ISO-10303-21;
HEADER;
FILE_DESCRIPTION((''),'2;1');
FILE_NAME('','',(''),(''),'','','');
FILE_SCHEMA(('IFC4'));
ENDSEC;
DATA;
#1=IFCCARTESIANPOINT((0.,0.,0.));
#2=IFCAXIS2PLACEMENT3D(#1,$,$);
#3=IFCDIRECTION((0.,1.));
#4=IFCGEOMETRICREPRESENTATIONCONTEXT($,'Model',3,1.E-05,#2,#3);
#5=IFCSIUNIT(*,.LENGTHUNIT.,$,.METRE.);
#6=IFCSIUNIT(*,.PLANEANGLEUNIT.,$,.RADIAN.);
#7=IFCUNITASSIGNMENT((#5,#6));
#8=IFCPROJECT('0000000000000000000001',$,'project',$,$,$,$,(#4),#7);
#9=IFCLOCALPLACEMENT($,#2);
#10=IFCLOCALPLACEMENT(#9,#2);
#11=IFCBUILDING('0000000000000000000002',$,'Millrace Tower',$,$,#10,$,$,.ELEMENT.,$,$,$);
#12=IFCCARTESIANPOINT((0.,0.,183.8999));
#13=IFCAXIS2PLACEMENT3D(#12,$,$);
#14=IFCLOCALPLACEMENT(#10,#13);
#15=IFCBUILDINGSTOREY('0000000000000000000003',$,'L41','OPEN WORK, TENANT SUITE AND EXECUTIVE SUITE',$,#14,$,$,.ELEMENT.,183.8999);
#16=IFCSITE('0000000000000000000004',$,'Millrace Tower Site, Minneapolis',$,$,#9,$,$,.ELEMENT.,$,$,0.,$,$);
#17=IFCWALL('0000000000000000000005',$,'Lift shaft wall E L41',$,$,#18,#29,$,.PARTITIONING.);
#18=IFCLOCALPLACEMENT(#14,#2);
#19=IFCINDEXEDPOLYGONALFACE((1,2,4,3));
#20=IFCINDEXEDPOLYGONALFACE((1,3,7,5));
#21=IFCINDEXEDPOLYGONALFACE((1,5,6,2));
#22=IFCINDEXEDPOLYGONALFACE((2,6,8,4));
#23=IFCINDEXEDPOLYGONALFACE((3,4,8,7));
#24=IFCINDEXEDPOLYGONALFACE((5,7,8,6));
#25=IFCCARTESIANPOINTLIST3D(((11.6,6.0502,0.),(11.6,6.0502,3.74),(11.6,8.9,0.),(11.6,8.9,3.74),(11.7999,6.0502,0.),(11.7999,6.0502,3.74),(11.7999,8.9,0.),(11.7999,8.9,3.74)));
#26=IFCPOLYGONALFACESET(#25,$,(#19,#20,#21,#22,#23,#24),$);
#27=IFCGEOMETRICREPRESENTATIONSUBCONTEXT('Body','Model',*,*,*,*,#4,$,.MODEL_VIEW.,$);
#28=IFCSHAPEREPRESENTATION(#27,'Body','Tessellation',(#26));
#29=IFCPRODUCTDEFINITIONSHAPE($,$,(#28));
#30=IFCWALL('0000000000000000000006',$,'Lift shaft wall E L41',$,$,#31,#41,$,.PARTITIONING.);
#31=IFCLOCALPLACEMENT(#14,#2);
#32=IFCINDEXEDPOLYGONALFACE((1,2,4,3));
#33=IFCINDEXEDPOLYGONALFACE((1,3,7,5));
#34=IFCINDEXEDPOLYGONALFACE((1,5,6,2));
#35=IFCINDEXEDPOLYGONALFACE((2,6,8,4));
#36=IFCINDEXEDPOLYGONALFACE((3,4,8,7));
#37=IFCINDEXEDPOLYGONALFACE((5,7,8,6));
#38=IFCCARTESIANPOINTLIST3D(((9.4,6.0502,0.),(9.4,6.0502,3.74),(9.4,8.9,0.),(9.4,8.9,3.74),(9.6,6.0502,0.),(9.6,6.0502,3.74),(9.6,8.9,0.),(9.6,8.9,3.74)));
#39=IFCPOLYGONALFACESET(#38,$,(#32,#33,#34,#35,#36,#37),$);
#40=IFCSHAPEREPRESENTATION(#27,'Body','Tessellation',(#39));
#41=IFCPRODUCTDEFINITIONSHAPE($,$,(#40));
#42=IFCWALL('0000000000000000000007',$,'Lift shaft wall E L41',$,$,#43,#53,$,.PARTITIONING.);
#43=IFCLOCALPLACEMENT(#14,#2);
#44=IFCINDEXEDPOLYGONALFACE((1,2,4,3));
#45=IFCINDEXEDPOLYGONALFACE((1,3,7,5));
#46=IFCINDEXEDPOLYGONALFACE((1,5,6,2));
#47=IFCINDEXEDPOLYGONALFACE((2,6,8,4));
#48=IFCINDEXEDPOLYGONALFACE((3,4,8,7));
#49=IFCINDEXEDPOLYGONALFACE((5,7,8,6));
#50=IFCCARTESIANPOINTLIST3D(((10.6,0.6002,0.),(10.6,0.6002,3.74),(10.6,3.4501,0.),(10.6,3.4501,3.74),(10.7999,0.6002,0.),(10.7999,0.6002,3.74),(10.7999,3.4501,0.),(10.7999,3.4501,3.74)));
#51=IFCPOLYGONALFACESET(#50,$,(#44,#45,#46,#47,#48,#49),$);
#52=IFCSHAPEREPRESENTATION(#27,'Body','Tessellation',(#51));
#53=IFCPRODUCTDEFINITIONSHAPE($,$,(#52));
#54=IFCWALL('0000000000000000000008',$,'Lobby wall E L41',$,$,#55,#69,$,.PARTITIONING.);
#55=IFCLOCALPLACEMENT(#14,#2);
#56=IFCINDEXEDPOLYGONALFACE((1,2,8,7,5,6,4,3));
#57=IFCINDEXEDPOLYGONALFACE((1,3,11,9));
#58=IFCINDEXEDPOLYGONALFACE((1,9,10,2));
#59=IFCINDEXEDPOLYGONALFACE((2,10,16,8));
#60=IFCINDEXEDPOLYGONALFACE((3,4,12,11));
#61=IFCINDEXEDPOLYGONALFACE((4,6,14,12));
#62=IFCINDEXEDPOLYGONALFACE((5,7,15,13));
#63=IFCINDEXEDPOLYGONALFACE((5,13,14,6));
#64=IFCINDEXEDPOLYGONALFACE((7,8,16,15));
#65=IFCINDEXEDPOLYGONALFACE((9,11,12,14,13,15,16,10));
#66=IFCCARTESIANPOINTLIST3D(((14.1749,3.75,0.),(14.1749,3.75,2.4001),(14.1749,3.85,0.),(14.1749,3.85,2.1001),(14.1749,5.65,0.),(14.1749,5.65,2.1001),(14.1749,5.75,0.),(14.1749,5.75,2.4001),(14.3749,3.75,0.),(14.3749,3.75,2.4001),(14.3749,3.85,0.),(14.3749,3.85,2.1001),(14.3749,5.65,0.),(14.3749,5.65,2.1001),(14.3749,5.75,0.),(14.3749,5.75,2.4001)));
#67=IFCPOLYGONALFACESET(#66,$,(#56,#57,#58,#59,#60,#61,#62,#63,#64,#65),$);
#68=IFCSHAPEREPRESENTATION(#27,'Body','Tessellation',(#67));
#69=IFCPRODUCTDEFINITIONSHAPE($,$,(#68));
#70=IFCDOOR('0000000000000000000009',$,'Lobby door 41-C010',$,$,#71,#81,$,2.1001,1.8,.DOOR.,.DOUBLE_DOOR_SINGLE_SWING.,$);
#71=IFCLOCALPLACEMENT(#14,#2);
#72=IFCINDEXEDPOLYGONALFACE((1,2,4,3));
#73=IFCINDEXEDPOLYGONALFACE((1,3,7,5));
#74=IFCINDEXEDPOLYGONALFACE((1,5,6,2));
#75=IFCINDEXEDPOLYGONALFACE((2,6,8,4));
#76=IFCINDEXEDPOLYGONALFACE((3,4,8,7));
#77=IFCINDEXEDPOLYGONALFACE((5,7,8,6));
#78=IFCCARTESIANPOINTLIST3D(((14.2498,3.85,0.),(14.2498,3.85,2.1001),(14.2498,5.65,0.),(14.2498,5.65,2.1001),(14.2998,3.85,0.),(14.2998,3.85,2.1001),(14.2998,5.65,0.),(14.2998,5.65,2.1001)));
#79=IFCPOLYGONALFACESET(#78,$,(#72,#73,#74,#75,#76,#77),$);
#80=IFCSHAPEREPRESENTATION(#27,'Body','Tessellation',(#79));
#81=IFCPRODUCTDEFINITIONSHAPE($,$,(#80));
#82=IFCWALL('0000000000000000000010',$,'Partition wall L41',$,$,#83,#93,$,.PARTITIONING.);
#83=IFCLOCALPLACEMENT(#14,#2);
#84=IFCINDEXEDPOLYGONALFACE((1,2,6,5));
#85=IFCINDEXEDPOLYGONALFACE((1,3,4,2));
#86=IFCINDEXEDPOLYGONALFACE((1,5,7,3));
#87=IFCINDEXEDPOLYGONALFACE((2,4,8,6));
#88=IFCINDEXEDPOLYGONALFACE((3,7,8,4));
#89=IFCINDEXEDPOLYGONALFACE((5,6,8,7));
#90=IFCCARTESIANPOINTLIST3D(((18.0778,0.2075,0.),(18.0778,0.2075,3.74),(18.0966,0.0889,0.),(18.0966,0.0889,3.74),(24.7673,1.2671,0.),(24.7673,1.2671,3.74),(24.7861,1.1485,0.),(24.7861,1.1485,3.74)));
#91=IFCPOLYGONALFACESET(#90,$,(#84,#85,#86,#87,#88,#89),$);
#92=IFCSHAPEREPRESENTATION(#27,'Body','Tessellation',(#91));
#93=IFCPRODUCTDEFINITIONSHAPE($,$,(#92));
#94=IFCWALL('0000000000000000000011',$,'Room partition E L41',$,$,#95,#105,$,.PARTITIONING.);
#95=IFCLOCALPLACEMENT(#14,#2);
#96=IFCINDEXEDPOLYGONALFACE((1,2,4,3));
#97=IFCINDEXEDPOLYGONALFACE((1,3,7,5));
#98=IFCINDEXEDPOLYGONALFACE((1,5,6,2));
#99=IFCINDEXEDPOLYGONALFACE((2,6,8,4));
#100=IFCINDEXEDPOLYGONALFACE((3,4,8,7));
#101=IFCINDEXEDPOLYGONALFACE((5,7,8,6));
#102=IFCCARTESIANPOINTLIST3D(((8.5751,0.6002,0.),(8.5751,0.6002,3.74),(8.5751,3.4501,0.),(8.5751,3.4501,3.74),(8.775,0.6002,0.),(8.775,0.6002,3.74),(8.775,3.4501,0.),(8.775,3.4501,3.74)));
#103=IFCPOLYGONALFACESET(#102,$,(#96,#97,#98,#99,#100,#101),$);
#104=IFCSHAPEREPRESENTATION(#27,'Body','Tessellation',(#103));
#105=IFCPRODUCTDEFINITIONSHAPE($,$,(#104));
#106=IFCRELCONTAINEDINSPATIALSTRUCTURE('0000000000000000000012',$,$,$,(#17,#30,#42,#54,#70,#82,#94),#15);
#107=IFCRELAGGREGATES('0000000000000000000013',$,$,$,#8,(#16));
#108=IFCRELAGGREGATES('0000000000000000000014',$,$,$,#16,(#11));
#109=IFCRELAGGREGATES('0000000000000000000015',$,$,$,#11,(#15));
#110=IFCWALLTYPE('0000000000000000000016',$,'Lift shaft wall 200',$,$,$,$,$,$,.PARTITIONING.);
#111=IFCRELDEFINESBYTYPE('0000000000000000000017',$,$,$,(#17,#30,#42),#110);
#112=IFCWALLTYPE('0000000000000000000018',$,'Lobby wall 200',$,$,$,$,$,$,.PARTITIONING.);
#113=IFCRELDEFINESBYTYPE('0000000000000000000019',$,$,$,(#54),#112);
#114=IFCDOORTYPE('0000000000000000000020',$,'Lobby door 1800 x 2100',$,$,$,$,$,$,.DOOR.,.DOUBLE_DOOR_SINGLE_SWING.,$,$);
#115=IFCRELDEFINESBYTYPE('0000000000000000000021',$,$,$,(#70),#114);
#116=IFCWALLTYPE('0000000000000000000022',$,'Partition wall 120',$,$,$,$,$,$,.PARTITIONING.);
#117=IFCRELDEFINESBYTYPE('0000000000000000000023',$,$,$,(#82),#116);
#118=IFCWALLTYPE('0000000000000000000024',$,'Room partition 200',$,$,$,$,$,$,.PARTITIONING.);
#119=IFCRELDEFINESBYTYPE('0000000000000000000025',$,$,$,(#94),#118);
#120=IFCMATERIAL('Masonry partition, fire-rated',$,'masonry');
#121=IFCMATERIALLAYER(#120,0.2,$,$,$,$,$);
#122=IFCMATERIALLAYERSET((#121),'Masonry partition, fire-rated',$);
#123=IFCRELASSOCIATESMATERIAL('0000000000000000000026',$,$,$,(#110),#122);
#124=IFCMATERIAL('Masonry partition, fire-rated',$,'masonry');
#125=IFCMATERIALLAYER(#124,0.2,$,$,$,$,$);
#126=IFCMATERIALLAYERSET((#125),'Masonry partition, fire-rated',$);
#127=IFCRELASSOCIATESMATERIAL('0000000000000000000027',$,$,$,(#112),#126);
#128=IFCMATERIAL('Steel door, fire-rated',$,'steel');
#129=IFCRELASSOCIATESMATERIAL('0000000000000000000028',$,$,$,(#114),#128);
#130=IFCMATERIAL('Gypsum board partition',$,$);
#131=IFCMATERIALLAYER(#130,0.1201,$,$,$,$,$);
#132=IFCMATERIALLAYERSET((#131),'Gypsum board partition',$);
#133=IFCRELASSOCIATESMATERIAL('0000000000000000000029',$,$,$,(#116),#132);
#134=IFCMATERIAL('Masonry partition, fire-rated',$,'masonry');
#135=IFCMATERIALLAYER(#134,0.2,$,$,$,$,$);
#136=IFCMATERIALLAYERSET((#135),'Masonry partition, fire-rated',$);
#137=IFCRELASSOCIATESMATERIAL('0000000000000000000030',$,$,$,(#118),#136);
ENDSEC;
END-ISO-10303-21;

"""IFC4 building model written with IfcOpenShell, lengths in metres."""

from ifc_helpers import new_model, si_unit, direction, frame, frame_2d, origin, place, context, subcontext, project, spatial, rectangle, extrude, material, layer, layer_set, type_object, element, fill, save


model = new_model("IFC4")

# Units and contexts
model_context = context("Model", 3, precision=1e-05, world=origin(), true_north=direction((0.0, 1.0)))
body_context = subcontext(model_context, "Body", "Model", "MODEL_VIEW")
ifc_project = project(units=[si_unit("LENGTHUNIT", "METRE"), si_unit("PLANEANGLEUNIT", "RADIAN")], contexts=[model_context])

# Site, building, storey
site_placement = place(None, origin())
site = spatial("IfcSite", under=ifc_project, at=site_placement, Name="Millrace Tower Site, Minneapolis", CompositionType="ELEMENT", RefElevation=0.0)
building_placement = place(site_placement, origin())
building = spatial("IfcBuilding", under=site, at=building_placement, Name="Millrace Tower", CompositionType="ELEMENT")
storey_placement = place(building_placement, frame((0.0, 0.0, 183.8999)))
storey = spatial("IfcBuildingStorey", under=building, at=storey_placement, Name="L41", Description="OPEN WORK, TENANT SUITE AND EXECUTIVE SUITE", CompositionType="ELEMENT", Elevation=183.8999)

# Shared definitions
ifc_material_1 = material(Name="Masonry partition, fire-rated", Category="masonry")
ifc_layer_1 = layer(ifc_material_1, 0.2)
ifc_layer_set_1 = layer_set([ifc_layer_1], Name="Masonry partition, fire-rated")
wall_type_1 = type_object("IfcWallType", Name="Lift shaft wall 200", PredefinedType="PARTITIONING", material=ifc_layer_set_1)

# Walls
for number, where, z_axis, x_axis, name in (
    (1, (11.7, 8.8999, 0.0), (0.0, 0.0, 1.0), (0.0, -1.0, 0.0), "Lift shaft wall E L41"),
    (2, (9.5, 8.8999, 0.0), (0.0, 0.0, 1.0), (0.0, -1.0, 0.0), "Lift shaft wall E L41"),
    (3, (10.7, 3.45, 0.0), (0.0, 0.0, 1.0), (0.0, -1.0, 0.0), "Lift shaft wall E L41"),
):
    element("IfcWall", number, at=place(storey_placement, frame(where, z_axis=z_axis, x_axis=x_axis)), inside=storey, type_object=wall_type_1, Name=name, PredefinedType="PARTITIONING", context=body_context, shape_type="SweptSolid", body=[
        extrude(rectangle(XDim=2.8499, YDim=0.2, at=frame_2d((1.4248, 0.0))), origin(), (0.0, 0.0, 1.0), 3.74),
    ])

# Wall, opening, door
ifc_material_2 = material(Name="Masonry partition, fire-rated", Category="masonry")
ifc_layer_2 = layer(ifc_material_2, 0.2)
ifc_layer_set_2 = layer_set([ifc_layer_2], Name="Masonry partition, fire-rated")
wall_type_2 = type_object("IfcWallType", Name="Lobby wall 200", PredefinedType="PARTITIONING", material=ifc_layer_set_2)
wall_1_placement = place(storey_placement, frame((14.2749, 5.75, 0.0), z_axis=(0.0, 0.0, 1.0), x_axis=(0.0, -1.0, 0.0)))
wall_1 = element("IfcWall", 4, at=wall_1_placement, inside=storey, type_object=wall_type_2, Name="Lobby wall E L41", PredefinedType="PARTITIONING", context=body_context, shape_type="SweptSolid", body=[
    extrude(rectangle(XDim=2.0, YDim=0.2, at=frame_2d((1.0, 0.0))), origin(), (0.0, 0.0, 1.0), 2.4001),
])
opening_1_placement = place(wall_1_placement, frame((0.1001, 0.0, 0.0)))
opening_1 = element("IfcOpeningElement", 5, at=opening_1_placement, cuts=wall_1, PredefinedType="OPENING", context=body_context, shape_type="SweptSolid", body=[
    extrude(rectangle(XDim=1.8, YDim=2.1001, at=frame_2d((0.8999, 1.05))), frame((0.0, 0.1099, 0.0), z_axis=(0.0, -1.0, 0.0), x_axis=(1.0, 0.0, 0.0)), (0.0, 0.0, 1.0), 0.22),
])
ifc_material_3 = material(Name="Steel door, fire-rated", Category="steel")
door_type_1 = type_object("IfcDoorType", Name="Lobby door 1800 x 2100", OperationType="DOUBLE_DOOR_SINGLE_SWING", PredefinedType="DOOR", material=ifc_material_3)
door_1_placement = place(opening_1_placement, origin())
door_1 = element("IfcDoor", 6, at=door_1_placement, inside=storey, type_object=door_type_1, Name="Lobby door 41-C010", OperationType="DOUBLE_DOOR_SINGLE_SWING", OverallHeight=2.1001, OverallWidth=1.8, PredefinedType="DOOR", context=body_context, shape_type="SweptSolid", body=[
    extrude(rectangle(XDim=1.8, YDim=2.1001, at=frame_2d((0.8999, 1.05))), frame((0.0, 0.0249, 0.0), z_axis=(0.0, -1.0, 0.0), x_axis=(1.0, 0.0, 0.0)), (0.0, 0.0, 1.0), 0.05),
])
fill(opening_1, door_1)

# Walls
ifc_material_4 = material(Name="Gypsum board partition")
ifc_layer_3 = layer(ifc_material_4, 0.1201)
ifc_layer_set_3 = layer_set([ifc_layer_3], Name="Gypsum board partition")
wall_type_3 = type_object("IfcWallType", Name="Partition wall 120", PredefinedType="PARTITIONING", material=ifc_layer_set_3)
wall_2_placement = place(storey_placement, frame((18.0872, 0.1482, 0.0), z_axis=(0.0, 0.0, 1.0), x_axis=(0.987687, 0.156444, 0.0)))
element("IfcWall", 7, at=wall_2_placement, inside=storey, type_object=wall_type_3, Name="Partition wall L41", PredefinedType="PARTITIONING", context=body_context, shape_type="SweptSolid", body=[
    extrude(rectangle(XDim=6.7729, YDim=0.1201, at=frame_2d((3.3865, 0.0))), origin(), (0.0, 0.0, 1.0), 3.74),
])
ifc_material_5 = material(Name="Masonry partition, fire-rated", Category="masonry")
ifc_layer_4 = layer(ifc_material_5, 0.2)
ifc_layer_set_4 = layer_set([ifc_layer_4], Name="Masonry partition, fire-rated")
wall_type_4 = type_object("IfcWallType", Name="Room partition 200", PredefinedType="PARTITIONING", material=ifc_layer_set_4)
wall_3_placement = place(storey_placement, frame((8.675, 3.45, 0.0), z_axis=(0.0, 0.0, 1.0), x_axis=(0.0, -1.0, 0.0)))
element("IfcWall", 8, at=wall_3_placement, inside=storey, type_object=wall_type_4, Name="Room partition E L41", PredefinedType="PARTITIONING", context=body_context, shape_type="SweptSolid", body=[
    extrude(rectangle(XDim=2.8499, YDim=0.2, at=frame_2d((1.4248, 0.0))), origin(), (0.0, 0.0, 1.0), 3.74),
])

save(model, "model.ifc")
